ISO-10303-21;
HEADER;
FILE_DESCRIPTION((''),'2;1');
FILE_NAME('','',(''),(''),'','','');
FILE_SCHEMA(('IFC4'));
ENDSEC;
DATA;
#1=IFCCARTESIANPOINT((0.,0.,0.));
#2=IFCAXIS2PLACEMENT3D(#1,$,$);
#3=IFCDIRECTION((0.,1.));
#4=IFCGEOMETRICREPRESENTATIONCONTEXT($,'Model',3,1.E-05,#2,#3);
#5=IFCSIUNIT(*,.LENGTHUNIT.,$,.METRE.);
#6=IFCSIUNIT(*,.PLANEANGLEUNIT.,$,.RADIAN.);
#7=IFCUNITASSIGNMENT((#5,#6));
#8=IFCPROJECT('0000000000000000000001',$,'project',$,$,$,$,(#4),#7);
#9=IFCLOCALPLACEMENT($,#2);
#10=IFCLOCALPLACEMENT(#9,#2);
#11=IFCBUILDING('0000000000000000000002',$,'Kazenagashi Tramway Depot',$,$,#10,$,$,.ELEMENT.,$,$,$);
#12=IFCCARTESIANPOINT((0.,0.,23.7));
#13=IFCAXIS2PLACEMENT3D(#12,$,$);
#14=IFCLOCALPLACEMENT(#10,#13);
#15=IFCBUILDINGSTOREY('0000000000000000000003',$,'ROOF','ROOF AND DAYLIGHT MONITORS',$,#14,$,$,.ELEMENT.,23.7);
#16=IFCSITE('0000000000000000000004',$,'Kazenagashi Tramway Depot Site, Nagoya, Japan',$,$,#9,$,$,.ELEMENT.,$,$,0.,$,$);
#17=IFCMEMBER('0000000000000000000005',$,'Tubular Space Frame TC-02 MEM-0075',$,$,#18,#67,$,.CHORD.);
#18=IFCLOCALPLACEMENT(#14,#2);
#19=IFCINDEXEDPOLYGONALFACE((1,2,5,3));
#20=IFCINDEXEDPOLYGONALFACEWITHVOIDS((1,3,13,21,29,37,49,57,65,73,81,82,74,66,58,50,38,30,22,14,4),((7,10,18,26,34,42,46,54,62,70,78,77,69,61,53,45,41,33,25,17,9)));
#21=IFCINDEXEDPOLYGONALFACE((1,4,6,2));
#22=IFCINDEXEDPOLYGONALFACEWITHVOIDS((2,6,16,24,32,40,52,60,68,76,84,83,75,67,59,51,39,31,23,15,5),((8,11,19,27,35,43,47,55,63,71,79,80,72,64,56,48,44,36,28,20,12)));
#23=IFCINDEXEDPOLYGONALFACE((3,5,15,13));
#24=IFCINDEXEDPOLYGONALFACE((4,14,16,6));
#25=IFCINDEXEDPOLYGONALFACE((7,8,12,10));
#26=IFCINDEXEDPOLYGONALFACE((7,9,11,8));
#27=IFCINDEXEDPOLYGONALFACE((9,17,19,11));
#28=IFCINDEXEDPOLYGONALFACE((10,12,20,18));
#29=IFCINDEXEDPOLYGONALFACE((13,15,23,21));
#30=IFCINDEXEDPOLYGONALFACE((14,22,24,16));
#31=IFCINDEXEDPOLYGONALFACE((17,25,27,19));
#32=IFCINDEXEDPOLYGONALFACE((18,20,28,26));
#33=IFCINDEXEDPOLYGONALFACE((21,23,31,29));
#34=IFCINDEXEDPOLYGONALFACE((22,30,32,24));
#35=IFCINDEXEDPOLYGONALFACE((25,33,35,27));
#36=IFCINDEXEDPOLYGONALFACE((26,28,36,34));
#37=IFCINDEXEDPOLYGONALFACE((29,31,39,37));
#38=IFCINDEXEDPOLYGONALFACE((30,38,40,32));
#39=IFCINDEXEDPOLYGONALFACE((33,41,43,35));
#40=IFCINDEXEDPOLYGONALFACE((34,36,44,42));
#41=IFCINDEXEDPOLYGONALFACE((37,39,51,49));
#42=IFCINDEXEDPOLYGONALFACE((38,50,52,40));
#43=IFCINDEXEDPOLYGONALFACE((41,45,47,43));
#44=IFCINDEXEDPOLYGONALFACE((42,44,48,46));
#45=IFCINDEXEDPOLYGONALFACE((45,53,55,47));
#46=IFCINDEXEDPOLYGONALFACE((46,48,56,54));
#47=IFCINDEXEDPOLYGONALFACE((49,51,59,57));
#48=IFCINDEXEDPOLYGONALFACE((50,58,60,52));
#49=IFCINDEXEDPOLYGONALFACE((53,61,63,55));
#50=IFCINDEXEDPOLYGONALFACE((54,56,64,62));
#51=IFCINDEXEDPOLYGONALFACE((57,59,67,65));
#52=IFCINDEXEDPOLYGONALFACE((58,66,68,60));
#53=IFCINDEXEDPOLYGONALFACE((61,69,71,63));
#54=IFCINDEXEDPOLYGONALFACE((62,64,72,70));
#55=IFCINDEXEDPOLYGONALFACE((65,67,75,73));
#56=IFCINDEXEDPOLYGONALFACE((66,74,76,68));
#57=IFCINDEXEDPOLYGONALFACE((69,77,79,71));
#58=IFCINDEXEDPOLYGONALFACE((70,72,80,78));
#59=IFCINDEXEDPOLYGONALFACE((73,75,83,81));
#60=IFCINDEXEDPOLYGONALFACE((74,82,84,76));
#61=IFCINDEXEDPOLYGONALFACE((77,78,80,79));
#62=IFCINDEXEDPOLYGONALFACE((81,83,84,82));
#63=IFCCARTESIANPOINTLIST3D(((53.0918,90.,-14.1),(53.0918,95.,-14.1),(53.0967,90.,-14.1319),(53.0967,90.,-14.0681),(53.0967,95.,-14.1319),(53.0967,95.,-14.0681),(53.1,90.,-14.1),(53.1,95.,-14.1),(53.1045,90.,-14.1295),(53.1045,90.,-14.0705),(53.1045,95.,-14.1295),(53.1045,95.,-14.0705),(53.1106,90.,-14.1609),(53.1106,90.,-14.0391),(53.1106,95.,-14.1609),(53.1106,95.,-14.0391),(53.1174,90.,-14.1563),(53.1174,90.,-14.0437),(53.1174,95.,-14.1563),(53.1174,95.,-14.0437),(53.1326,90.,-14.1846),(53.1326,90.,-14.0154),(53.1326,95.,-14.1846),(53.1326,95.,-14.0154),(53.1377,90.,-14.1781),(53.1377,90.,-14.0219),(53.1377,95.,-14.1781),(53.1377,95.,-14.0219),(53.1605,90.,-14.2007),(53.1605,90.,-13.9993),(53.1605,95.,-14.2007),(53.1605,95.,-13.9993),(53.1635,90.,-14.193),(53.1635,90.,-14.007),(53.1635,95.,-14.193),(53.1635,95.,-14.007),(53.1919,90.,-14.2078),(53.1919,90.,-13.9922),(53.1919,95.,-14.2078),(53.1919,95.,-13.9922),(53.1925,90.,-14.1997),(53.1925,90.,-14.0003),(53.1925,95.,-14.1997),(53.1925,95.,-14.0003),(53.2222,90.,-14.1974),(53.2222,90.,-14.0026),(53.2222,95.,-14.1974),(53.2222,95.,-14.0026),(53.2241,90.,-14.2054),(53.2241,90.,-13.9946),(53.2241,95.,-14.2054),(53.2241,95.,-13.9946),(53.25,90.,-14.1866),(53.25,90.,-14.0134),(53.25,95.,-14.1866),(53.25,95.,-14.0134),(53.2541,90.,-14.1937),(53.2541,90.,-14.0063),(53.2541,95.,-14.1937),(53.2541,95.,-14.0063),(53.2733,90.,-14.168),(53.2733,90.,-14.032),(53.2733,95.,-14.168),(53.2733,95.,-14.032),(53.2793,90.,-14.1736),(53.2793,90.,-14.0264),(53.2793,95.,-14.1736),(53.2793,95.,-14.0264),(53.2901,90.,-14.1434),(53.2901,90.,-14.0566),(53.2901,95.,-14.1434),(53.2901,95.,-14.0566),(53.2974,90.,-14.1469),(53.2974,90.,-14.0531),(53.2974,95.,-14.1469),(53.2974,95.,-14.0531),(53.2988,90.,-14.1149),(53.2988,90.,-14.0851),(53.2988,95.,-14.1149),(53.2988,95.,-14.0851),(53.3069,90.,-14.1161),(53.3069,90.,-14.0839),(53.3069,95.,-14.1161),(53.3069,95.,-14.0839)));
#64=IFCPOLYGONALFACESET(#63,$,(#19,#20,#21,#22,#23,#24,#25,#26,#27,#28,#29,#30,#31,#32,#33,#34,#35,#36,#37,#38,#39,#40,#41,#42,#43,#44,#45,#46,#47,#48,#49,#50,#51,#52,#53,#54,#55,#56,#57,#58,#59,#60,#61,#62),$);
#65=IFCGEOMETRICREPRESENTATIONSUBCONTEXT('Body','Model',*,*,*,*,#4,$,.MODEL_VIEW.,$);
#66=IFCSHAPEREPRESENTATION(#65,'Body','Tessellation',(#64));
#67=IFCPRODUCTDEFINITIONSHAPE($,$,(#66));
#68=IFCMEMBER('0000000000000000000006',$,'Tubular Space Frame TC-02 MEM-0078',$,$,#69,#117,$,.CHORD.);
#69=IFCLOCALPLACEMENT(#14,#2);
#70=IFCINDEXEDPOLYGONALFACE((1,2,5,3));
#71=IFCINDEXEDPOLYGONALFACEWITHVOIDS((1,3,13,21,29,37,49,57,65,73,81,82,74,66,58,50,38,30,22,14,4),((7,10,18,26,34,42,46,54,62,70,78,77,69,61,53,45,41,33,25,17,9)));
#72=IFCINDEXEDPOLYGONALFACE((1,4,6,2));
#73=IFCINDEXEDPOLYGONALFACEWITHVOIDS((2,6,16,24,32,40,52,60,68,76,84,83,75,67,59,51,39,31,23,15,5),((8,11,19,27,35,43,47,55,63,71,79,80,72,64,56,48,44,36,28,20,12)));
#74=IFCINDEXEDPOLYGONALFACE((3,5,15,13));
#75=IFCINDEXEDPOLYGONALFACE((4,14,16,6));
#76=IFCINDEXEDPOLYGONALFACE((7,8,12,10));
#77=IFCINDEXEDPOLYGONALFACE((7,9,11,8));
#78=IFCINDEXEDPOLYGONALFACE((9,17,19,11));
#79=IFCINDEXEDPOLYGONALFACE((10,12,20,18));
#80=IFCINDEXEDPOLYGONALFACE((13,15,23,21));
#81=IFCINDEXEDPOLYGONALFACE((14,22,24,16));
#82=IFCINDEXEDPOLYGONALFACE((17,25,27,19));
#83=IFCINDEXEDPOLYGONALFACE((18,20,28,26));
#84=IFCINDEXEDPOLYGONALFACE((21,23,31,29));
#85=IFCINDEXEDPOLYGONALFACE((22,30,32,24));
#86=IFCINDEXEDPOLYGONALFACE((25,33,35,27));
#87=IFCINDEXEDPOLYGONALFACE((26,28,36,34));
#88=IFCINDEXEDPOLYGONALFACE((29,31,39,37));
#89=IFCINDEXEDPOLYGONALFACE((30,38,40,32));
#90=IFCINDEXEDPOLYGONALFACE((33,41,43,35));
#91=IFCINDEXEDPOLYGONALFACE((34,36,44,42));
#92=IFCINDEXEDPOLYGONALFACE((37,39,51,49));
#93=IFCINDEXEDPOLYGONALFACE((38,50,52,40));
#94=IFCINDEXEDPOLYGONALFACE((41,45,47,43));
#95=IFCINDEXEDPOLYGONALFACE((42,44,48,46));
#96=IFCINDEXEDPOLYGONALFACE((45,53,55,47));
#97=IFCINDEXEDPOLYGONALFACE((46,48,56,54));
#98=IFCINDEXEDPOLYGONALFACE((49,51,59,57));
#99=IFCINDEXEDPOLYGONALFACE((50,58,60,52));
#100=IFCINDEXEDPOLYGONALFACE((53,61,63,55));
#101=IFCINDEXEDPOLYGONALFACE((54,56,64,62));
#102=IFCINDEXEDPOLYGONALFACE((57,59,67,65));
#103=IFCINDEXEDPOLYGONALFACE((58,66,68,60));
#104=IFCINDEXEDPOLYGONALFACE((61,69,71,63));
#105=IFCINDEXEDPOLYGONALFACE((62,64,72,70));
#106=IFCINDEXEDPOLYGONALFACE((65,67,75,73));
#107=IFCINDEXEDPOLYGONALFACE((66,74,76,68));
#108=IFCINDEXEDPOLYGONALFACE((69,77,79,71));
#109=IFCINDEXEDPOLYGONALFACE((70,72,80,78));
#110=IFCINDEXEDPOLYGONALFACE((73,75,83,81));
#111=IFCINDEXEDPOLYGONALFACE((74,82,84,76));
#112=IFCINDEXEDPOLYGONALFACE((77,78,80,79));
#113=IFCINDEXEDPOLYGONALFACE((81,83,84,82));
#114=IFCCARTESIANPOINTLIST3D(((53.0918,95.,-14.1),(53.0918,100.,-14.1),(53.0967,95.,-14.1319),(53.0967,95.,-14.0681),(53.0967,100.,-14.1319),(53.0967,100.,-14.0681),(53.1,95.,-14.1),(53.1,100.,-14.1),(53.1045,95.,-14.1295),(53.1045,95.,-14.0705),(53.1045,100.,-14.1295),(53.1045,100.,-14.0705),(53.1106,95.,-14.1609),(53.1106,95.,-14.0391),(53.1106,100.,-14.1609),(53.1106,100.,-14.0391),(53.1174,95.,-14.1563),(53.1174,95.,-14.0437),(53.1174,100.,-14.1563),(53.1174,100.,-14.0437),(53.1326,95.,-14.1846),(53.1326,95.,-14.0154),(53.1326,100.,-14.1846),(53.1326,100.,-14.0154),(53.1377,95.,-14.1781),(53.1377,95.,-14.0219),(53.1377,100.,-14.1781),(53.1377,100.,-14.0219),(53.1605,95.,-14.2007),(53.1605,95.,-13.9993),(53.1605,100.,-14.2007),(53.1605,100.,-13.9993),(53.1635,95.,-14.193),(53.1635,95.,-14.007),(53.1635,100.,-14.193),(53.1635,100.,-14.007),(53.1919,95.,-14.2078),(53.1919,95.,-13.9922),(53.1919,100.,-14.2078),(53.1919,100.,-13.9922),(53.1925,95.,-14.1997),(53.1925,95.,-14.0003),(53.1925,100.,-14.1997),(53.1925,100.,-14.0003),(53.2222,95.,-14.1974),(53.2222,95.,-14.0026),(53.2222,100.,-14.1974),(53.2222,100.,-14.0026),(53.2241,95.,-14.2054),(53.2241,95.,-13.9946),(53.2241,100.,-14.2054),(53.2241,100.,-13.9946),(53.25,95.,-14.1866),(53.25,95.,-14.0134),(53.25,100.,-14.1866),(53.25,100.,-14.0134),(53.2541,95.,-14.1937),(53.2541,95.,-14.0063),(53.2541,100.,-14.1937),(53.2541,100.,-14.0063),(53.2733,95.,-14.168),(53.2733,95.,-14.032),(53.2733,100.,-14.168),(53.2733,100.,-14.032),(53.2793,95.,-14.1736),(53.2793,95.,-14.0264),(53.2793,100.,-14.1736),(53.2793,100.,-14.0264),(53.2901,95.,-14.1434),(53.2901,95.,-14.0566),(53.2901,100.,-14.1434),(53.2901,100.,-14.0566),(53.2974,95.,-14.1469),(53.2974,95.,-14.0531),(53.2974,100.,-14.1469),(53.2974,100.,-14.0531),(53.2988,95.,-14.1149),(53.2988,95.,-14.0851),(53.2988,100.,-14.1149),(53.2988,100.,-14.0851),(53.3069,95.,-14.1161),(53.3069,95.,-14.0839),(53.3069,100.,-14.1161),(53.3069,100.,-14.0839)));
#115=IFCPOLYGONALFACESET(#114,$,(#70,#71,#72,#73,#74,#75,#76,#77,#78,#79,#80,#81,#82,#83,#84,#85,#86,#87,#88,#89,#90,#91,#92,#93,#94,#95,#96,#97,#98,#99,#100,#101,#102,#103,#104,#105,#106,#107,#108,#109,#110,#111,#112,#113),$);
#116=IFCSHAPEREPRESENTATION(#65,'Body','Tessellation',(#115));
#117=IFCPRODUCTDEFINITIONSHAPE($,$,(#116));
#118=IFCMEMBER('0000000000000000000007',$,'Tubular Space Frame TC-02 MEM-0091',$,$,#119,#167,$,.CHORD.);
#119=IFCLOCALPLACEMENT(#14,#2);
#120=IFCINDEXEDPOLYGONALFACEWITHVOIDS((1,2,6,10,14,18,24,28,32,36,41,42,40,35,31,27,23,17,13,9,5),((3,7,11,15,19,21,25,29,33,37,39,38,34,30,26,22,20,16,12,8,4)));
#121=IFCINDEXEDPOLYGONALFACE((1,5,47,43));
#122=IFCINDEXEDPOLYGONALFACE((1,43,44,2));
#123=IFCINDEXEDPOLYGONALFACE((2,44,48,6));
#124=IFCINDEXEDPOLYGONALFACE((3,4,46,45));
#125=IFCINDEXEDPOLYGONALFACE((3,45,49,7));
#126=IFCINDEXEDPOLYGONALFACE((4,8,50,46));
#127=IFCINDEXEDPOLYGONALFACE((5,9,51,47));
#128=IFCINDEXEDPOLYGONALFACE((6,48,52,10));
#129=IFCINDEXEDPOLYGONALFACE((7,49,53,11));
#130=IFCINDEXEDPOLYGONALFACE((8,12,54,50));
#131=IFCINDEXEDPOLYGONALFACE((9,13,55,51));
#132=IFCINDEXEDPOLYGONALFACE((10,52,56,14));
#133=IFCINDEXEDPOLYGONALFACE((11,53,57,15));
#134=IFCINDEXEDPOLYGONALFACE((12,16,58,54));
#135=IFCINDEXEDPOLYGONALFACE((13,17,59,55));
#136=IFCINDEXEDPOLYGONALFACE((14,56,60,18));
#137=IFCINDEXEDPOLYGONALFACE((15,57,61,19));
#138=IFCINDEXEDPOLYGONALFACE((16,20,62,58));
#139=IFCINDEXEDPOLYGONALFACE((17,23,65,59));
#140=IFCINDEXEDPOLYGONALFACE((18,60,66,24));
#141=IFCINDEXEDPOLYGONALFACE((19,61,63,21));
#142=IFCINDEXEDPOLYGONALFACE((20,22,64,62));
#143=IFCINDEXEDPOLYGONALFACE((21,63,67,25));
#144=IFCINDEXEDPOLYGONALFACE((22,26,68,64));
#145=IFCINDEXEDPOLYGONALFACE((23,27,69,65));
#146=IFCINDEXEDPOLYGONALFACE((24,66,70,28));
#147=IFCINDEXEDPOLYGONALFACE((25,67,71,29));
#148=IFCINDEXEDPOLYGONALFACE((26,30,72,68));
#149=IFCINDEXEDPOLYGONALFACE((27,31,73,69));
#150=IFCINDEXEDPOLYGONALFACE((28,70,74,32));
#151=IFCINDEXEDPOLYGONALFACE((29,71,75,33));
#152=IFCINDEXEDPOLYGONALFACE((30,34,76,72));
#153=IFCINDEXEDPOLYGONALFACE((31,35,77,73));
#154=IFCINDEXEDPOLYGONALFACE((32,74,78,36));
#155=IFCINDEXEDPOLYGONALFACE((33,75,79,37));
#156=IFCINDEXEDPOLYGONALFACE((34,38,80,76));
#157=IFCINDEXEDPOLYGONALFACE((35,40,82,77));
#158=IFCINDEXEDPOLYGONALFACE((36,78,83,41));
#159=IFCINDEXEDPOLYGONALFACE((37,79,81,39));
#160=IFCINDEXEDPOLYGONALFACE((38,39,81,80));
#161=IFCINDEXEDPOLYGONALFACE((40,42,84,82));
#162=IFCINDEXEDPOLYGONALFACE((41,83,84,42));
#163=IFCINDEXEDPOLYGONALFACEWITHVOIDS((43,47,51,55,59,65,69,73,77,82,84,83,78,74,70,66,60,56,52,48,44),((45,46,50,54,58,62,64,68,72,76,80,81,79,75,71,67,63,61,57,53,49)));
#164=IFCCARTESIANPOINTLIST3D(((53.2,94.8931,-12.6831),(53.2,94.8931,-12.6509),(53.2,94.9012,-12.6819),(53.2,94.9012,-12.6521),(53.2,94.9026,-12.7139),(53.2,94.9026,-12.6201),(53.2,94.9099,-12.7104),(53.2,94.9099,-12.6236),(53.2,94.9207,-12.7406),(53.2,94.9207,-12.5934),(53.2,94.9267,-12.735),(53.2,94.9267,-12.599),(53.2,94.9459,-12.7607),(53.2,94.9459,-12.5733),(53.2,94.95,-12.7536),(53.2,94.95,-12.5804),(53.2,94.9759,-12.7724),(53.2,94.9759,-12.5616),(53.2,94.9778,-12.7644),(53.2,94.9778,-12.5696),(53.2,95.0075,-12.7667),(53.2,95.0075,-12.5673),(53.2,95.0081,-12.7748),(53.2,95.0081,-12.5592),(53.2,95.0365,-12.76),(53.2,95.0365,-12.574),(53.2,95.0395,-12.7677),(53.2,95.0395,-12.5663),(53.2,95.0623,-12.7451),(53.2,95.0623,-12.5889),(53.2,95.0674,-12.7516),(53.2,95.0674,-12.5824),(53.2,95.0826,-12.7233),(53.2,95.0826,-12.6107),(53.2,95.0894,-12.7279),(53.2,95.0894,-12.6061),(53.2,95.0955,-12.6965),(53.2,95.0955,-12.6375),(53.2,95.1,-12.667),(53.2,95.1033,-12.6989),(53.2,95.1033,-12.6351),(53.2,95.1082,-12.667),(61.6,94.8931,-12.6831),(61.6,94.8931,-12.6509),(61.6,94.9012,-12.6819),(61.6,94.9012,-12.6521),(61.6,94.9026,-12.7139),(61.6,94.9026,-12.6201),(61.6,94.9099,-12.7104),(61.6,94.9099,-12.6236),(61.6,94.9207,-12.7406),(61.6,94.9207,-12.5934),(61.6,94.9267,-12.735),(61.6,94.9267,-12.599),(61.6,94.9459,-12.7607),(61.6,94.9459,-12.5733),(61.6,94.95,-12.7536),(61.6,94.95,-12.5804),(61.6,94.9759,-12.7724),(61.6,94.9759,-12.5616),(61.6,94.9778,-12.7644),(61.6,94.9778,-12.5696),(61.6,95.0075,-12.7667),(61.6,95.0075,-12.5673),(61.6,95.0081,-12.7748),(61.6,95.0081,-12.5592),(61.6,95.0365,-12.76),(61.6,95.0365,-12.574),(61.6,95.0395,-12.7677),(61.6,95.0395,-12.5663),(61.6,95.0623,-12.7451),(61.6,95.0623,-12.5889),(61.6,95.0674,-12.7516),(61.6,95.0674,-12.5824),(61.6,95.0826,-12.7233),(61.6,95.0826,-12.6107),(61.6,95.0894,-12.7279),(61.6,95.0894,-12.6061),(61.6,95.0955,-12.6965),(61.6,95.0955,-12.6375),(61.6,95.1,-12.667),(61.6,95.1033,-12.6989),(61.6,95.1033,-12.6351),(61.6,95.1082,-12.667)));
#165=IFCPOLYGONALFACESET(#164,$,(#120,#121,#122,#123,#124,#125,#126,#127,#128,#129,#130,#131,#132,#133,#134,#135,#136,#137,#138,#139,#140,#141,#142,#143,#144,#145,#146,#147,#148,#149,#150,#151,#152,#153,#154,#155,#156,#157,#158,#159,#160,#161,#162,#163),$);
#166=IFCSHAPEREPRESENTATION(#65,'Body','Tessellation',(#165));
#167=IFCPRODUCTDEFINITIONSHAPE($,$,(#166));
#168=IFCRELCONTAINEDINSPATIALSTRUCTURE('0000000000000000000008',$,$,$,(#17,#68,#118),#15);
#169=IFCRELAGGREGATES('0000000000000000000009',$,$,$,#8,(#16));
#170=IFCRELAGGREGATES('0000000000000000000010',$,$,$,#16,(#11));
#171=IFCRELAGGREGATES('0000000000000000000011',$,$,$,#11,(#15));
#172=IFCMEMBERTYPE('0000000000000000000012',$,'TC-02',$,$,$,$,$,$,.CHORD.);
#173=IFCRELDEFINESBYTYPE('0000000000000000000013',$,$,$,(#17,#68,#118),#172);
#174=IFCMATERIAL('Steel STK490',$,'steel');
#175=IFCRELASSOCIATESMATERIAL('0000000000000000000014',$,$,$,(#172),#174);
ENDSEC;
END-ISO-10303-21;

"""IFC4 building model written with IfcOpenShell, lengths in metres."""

from ifc_helpers import new_model, si_unit, direction, frame, origin, origin_2d, place, context, subcontext, project, spatial, hollow_circle, extrude, material, material_profile, profile_set, type_object, element, save


model = new_model("IFC4")

# Units and contexts
model_context = context("Model", 3, precision=1e-05, world=origin(), true_north=direction((0.0, 1.0)))
body_context = subcontext(model_context, "Body", "Model", "MODEL_VIEW")
ifc_project = project(units=[si_unit("LENGTHUNIT", "METRE"), si_unit("PLANEANGLEUNIT", "RADIAN")], contexts=[model_context])

# Site, building, storey
site_placement = place(None, origin())
site = spatial("IfcSite", under=ifc_project, at=site_placement, Name="Kazenagashi Tramway Depot Site, Nagoya, Japan", CompositionType="ELEMENT", RefElevation=0.0)
building_placement = place(site_placement, origin())
building = spatial("IfcBuilding", under=site, at=building_placement, Name="Kazenagashi Tramway Depot", CompositionType="ELEMENT")
storey_placement = place(building_placement, frame((0.0, 0.0, 23.7)))
storey = spatial("IfcBuildingStorey", under=building, at=storey_placement, Name="ROOF", Description="ROOF AND DAYLIGHT MONITORS", CompositionType="ELEMENT", Elevation=23.7)

# Members
ifc_material_1 = material(Name="Steel STK490", Category="steel")
ifc_material_profile_1 = material_profile(ifc_material_1, hollow_circle(Radius=0.1081, WallThickness=0.0082, at=origin_2d()), Name="CHS-216.3x8.2")
ifc_profile_set_1 = profile_set([ifc_material_profile_1], Name="Steel STK490")
member_type_1 = type_object("IfcMemberType", Name="TC-02", PredefinedType="CHORD", material=ifc_profile_set_1)
for number, where, z_axis, x_axis, name in (
    (1, (53.2, 90.0, -14.1), (0.0, 1.0, 0.0), (-1.0, 0.0, 0.0), "Tubular Space Frame TC-02 MEM-0075"),
    (2, (53.2, 95.0, -14.1), (0.0, 1.0, 0.0), (-1.0, 0.0, 0.0), "Tubular Space Frame TC-02 MEM-0078"),
):
    element("IfcMember", number, at=place(storey_placement, frame(where, z_axis=z_axis, x_axis=x_axis)), inside=storey, type_object=member_type_1, Name=name, PredefinedType="CHORD", context=body_context, shape_type="SweptSolid", body=[
        extrude(hollow_circle(Radius=0.1081, WallThickness=0.0082, at=origin_2d()), origin(), (0.0, 0.0, 1.0), 5.0),
    ])
member_1_placement = place(storey_placement, frame((53.2, 95.0, -12.667), z_axis=(1.0, 0.0, 0.0), x_axis=(0.0, 1.0, 0.0)))
element("IfcMember", 3, at=member_1_placement, inside=storey, type_object=member_type_1, Name="Tubular Space Frame TC-02 MEM-0091", PredefinedType="CHORD", context=body_context, shape_type="SweptSolid", body=[
    extrude(hollow_circle(Radius=0.1081, WallThickness=0.0082, at=origin_2d()), origin(), (0.0, 0.0, 1.0), 8.4),
])

save(model, "model.ifc")
